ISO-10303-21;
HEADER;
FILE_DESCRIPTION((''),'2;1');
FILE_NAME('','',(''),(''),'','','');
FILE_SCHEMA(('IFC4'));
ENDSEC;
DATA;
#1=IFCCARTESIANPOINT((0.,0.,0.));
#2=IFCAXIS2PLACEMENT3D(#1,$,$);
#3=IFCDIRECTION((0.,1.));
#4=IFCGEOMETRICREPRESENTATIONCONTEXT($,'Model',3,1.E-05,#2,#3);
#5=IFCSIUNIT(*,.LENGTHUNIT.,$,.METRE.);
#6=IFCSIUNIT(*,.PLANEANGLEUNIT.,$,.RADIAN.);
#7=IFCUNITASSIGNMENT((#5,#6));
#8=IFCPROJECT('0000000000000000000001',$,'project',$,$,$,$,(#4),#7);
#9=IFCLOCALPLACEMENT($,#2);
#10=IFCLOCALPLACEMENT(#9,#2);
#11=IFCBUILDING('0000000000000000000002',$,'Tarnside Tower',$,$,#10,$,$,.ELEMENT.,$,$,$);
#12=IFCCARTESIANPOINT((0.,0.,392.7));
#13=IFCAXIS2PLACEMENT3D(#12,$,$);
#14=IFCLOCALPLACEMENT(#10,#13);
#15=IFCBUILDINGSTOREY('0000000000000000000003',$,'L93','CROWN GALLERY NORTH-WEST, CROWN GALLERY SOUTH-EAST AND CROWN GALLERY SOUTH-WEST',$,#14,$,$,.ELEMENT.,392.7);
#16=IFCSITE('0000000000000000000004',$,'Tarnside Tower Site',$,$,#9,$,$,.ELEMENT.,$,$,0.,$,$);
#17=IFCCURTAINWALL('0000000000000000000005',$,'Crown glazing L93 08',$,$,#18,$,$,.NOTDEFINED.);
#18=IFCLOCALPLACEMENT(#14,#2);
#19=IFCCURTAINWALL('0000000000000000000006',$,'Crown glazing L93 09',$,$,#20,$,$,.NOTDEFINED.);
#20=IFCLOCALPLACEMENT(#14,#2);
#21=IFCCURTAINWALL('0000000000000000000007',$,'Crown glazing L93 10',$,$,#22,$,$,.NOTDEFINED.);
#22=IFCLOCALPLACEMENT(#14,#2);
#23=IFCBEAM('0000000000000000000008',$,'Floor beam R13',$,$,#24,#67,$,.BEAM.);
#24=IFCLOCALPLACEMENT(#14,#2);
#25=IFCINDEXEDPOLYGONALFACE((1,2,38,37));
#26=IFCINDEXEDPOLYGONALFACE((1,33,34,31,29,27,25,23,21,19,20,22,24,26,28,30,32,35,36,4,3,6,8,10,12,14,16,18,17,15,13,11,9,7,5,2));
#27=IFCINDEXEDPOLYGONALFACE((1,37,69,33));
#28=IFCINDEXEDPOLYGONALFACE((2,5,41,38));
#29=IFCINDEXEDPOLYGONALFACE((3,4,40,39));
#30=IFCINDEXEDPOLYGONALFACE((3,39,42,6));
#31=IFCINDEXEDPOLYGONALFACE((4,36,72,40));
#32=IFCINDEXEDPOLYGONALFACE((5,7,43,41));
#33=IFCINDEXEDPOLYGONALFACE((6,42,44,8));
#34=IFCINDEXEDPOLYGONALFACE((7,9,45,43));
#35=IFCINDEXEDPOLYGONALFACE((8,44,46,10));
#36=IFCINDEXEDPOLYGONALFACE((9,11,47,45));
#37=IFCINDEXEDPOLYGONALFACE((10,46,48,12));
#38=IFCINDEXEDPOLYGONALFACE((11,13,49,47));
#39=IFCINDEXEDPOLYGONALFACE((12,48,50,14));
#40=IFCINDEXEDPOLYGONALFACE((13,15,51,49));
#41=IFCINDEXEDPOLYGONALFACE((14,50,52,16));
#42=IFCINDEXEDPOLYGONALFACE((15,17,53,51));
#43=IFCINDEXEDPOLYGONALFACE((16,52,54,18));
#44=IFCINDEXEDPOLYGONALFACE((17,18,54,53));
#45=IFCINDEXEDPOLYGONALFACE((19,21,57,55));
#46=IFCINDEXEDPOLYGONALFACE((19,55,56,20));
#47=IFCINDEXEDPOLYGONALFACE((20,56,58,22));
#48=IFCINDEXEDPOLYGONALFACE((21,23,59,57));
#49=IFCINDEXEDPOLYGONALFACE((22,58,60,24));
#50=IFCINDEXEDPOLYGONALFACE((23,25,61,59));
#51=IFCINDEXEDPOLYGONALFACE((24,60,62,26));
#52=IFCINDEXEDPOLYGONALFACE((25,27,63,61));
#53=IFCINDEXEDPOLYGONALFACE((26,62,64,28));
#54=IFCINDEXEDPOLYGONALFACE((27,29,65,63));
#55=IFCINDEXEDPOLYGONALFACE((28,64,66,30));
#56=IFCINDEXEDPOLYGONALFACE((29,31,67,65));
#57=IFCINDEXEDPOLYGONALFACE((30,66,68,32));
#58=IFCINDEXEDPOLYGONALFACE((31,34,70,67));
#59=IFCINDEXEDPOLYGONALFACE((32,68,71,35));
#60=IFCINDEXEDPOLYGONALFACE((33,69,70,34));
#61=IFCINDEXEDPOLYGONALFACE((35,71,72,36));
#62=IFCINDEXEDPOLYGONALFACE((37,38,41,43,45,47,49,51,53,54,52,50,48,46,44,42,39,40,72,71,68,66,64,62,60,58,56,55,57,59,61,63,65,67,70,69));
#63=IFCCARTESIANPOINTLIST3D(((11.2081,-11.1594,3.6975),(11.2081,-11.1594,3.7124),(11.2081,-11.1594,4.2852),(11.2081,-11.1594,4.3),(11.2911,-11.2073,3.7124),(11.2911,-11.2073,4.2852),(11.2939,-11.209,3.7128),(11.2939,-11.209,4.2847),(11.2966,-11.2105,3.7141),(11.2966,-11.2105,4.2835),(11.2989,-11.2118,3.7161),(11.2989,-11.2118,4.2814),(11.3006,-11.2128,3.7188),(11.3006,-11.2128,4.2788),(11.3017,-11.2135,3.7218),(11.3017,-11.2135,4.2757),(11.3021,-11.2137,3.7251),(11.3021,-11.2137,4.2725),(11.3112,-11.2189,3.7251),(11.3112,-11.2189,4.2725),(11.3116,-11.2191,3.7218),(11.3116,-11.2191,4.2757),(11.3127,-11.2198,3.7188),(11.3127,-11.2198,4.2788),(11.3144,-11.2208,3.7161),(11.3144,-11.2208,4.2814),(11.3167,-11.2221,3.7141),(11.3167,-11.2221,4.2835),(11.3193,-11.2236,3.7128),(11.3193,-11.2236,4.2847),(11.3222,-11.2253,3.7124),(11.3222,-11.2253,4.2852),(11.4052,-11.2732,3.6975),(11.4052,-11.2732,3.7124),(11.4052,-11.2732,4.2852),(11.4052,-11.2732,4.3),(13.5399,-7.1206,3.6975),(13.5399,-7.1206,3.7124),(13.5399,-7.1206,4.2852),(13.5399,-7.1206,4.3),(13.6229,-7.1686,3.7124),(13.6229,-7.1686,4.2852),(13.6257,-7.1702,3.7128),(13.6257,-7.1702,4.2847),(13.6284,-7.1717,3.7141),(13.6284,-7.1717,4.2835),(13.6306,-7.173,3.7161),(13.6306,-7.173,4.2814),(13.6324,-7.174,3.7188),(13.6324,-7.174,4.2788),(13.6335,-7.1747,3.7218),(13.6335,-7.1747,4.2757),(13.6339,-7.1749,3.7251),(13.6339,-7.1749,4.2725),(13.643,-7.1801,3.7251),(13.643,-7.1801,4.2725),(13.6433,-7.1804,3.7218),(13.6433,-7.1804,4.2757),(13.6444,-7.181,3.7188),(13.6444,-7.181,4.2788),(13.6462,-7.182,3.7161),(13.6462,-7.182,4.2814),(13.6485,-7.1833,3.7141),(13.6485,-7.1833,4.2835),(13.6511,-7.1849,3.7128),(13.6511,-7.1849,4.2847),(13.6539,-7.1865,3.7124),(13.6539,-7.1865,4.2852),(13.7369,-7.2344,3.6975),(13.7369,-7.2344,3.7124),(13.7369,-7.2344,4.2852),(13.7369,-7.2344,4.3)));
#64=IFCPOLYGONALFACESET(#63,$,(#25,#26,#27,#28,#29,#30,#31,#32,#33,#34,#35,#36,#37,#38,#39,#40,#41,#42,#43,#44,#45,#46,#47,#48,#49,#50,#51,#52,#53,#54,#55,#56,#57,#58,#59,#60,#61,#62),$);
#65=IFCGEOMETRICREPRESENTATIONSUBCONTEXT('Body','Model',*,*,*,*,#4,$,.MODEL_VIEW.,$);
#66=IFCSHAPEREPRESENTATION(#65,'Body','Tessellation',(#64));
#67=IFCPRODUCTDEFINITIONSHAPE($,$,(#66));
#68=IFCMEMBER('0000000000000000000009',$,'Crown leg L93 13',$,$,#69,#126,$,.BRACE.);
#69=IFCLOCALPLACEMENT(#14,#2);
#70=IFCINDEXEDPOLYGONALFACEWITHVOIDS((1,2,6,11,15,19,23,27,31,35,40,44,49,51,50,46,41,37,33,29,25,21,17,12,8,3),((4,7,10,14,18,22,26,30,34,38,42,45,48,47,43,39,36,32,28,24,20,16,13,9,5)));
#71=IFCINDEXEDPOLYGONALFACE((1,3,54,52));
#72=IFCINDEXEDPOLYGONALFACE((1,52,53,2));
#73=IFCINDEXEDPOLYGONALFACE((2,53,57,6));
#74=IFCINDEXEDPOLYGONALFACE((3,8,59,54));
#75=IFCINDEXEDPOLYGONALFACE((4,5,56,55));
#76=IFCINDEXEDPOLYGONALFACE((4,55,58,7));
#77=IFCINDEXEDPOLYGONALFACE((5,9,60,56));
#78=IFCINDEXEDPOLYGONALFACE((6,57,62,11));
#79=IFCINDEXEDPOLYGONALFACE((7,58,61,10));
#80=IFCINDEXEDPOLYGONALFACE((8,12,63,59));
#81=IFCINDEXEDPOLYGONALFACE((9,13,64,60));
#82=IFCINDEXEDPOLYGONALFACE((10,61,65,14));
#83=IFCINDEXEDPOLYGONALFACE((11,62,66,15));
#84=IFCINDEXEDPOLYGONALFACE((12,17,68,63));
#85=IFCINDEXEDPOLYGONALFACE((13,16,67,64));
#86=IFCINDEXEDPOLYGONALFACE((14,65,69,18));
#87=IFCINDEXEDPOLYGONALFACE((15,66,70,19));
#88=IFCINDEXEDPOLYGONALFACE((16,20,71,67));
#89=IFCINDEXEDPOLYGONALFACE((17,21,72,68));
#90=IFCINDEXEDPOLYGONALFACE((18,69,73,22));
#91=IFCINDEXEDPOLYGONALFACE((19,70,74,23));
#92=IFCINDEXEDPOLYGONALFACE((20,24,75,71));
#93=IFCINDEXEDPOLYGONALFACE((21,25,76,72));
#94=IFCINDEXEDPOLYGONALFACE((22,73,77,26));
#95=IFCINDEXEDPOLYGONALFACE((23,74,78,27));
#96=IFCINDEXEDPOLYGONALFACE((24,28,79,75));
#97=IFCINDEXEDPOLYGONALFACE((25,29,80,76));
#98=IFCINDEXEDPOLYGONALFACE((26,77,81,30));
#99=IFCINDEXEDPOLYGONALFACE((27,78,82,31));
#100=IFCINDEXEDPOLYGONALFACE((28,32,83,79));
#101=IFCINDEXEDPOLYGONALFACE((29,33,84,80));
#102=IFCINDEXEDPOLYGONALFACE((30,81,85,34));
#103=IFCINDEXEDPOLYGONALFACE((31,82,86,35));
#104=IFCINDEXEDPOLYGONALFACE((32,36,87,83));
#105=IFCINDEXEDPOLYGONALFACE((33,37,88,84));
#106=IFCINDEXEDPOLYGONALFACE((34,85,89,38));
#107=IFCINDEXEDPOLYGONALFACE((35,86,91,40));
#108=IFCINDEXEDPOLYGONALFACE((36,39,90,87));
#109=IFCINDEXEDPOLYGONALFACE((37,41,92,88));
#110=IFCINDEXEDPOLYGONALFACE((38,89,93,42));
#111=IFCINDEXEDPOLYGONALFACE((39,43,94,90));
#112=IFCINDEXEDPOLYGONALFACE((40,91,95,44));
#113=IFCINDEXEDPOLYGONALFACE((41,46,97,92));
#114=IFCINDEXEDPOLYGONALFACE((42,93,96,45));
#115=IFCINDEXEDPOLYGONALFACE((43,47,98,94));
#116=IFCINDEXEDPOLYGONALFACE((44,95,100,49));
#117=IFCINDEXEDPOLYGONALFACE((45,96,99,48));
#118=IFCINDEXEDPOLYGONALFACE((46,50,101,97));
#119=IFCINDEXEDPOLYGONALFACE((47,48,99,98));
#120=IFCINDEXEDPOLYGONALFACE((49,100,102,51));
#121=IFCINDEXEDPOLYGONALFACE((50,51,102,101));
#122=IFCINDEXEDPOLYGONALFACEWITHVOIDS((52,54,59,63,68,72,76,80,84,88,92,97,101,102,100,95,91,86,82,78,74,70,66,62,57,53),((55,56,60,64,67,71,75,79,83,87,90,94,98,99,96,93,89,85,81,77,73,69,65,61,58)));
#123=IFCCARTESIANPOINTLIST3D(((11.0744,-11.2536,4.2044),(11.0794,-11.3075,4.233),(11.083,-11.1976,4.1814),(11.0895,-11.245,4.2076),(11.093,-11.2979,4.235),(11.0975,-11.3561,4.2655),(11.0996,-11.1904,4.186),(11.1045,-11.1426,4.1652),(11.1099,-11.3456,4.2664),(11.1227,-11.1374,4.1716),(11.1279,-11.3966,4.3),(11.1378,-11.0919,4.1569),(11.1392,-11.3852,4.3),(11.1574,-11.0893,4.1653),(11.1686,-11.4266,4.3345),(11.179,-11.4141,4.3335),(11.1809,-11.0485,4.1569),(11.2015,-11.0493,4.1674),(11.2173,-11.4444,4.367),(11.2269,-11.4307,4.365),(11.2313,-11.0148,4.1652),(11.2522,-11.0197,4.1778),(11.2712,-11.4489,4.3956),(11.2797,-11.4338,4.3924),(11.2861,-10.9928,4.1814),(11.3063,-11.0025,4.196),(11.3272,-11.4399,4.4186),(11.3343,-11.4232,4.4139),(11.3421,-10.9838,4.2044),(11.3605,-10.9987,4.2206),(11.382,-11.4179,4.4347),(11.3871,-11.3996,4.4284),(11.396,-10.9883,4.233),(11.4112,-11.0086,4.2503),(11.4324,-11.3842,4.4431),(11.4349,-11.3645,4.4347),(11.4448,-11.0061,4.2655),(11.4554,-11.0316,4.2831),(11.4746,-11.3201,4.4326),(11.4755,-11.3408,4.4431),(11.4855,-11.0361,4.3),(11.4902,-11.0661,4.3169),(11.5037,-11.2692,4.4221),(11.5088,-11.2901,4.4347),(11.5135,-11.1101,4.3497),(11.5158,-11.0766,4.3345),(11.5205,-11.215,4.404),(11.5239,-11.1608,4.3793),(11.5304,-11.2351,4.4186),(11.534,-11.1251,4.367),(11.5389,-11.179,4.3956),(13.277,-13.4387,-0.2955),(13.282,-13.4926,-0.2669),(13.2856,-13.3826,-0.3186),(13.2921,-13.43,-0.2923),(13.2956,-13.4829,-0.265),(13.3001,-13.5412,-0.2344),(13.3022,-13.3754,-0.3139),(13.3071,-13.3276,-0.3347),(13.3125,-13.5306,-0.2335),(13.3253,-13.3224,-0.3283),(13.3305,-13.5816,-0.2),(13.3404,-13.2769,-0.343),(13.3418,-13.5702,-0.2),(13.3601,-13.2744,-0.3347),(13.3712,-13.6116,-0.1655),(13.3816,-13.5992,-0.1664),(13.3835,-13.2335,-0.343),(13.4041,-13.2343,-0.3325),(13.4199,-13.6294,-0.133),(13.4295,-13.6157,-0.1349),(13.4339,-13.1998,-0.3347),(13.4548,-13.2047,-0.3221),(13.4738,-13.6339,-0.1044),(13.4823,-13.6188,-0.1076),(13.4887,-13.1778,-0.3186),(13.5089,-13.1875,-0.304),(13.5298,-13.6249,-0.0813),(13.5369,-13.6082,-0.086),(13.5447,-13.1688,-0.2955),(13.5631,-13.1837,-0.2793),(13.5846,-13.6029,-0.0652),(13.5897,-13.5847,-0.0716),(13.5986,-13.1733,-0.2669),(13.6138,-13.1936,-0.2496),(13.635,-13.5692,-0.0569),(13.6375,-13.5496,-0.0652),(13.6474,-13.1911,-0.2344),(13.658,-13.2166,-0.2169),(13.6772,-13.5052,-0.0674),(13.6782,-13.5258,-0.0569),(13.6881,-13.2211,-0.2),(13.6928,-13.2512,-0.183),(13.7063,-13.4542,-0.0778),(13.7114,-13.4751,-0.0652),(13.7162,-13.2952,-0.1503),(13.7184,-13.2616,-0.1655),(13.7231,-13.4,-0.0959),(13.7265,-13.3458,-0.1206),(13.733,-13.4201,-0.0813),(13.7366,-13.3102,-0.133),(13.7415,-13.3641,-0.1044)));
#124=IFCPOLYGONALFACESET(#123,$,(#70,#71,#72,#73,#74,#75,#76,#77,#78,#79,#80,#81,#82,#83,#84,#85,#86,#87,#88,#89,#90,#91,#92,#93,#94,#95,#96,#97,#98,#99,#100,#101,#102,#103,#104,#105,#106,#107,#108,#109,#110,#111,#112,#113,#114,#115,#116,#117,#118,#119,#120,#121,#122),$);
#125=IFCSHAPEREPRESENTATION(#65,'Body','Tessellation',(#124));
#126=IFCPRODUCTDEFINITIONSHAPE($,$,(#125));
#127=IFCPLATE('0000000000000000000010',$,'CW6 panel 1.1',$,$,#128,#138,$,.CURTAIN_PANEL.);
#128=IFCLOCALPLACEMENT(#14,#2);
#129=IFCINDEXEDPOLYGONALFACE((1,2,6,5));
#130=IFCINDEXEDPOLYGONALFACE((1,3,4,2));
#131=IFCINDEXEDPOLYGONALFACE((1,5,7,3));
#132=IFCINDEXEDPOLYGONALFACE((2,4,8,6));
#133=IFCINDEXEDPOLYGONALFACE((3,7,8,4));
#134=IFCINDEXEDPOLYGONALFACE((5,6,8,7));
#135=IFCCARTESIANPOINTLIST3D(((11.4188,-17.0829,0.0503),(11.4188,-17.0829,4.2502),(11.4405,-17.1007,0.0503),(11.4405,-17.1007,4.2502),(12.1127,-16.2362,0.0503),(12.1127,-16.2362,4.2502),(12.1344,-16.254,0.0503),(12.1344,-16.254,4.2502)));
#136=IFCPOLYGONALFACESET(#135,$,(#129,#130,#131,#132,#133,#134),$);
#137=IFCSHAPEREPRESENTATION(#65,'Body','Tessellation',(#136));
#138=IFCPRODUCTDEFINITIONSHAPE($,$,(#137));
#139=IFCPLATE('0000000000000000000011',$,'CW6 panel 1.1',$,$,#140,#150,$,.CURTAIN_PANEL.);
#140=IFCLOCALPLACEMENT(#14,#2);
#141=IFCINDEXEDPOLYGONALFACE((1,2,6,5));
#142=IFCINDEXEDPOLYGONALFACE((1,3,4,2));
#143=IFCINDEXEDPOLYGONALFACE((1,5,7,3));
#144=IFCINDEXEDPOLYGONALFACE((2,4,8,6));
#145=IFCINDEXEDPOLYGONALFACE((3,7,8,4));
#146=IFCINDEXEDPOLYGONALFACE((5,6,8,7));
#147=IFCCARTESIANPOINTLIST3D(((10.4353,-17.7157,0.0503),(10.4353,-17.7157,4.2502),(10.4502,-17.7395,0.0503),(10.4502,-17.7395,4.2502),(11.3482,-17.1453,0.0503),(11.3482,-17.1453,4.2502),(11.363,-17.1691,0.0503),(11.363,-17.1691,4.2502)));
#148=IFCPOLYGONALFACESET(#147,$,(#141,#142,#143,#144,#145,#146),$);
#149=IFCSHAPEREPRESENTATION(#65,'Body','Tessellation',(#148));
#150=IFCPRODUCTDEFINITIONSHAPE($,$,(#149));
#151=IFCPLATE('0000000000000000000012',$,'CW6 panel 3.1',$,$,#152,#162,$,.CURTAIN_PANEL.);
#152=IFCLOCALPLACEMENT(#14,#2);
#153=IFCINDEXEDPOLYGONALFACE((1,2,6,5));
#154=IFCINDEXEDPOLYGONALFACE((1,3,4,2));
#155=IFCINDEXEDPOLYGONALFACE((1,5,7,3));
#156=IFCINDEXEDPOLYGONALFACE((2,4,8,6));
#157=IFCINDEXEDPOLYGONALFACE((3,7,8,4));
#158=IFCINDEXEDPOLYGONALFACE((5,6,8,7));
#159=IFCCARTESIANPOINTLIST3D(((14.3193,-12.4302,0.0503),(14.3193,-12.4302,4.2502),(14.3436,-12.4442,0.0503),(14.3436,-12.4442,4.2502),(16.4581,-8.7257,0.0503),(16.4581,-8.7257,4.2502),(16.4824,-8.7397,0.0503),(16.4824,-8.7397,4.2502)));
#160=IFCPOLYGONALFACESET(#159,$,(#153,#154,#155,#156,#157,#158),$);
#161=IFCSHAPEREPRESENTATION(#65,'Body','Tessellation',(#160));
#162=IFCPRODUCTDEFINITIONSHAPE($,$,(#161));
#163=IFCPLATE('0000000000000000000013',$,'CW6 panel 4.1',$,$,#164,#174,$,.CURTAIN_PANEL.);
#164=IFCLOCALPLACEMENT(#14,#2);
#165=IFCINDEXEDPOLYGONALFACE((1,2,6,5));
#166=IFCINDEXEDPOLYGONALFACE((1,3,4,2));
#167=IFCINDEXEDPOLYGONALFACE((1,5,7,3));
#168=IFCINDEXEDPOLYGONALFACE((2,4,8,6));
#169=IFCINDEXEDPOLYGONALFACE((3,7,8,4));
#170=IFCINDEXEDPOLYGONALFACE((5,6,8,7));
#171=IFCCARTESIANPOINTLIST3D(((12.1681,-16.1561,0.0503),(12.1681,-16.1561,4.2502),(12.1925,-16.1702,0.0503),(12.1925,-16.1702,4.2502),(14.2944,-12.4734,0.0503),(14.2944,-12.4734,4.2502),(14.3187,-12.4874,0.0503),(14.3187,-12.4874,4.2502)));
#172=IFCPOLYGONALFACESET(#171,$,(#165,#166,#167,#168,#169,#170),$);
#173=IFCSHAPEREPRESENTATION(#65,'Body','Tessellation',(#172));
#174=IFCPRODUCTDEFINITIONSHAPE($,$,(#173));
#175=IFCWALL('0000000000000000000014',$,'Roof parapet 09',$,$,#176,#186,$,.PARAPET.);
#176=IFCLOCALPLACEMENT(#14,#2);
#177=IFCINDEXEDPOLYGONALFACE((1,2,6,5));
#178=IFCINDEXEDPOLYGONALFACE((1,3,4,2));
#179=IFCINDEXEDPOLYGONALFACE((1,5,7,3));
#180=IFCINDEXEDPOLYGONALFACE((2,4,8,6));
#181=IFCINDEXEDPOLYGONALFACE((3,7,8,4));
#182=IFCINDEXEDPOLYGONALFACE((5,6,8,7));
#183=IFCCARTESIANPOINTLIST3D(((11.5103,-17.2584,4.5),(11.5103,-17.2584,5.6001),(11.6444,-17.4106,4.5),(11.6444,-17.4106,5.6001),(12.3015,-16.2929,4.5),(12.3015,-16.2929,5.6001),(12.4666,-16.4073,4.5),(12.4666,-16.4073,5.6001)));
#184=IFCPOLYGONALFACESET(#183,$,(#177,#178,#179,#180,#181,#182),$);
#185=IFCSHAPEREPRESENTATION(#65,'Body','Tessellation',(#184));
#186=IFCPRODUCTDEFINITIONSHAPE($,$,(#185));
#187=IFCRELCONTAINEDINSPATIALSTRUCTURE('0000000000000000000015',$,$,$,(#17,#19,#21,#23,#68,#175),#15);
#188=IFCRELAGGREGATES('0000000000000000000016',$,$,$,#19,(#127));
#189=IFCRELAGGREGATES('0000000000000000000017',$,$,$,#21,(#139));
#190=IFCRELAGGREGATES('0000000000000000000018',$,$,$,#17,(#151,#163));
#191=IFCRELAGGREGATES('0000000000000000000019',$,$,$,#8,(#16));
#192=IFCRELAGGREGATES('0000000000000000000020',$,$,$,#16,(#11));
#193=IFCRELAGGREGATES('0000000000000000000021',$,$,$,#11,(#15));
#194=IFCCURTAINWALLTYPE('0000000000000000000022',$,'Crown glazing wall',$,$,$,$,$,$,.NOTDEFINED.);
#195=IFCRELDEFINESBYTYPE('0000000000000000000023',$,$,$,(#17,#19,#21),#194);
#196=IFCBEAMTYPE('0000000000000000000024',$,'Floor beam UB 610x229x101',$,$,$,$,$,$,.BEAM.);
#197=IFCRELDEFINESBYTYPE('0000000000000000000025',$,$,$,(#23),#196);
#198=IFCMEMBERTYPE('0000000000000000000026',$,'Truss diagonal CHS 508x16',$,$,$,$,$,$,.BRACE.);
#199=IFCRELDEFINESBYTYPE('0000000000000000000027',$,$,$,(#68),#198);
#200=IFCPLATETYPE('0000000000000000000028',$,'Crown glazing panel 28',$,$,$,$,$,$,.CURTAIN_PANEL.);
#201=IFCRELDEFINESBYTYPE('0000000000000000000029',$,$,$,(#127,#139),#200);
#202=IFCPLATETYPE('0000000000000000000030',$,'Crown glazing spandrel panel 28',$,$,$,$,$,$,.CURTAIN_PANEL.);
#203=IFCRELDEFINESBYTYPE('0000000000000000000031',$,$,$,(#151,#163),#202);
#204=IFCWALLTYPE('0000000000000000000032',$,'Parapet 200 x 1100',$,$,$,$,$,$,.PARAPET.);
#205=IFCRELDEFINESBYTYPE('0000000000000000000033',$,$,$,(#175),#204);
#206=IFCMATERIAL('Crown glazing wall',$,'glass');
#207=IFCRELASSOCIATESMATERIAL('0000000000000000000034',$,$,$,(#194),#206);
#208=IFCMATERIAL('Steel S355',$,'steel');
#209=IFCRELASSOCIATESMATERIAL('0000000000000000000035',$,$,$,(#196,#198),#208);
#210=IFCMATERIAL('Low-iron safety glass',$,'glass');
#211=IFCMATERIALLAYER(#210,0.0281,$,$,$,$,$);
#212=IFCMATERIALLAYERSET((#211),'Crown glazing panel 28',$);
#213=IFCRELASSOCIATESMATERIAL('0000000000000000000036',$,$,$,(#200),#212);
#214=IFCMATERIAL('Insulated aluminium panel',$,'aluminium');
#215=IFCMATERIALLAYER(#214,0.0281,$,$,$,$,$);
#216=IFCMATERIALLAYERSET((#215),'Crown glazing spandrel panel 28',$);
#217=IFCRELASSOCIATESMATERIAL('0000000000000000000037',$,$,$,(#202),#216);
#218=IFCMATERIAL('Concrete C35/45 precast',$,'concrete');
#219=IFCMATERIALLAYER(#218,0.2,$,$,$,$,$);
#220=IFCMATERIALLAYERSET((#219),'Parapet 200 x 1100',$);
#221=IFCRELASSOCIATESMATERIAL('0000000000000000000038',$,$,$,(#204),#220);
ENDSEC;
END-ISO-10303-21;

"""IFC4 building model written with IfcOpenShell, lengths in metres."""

from ifc_helpers import new_model, si_unit, direction, frame, origin, origin_2d, place, context, subcontext, project, spatial, polyline, rectangle, hollow_circle, i_section, outline, extrude, material, layer, layer_set, material_profile, profile_set, type_object, element, aggregate, save


model = new_model("IFC4")

# Units and contexts
model_context = context("Model", 3, precision=1e-05, world=origin(), true_north=direction((0.0, 1.0)))
body_context = subcontext(model_context, "Body", "Model", "MODEL_VIEW")
ifc_project = project(units=[si_unit("LENGTHUNIT", "METRE"), si_unit("PLANEANGLEUNIT", "RADIAN")], contexts=[model_context])

# Site, building, storey
site_placement = place(None, origin())
site = spatial("IfcSite", under=ifc_project, at=site_placement, Name="Tarnside Tower Site", CompositionType="ELEMENT", RefElevation=0.0)
building_placement = place(site_placement, origin())
building = spatial("IfcBuilding", under=site, at=building_placement, Name="Tarnside Tower", CompositionType="ELEMENT")
storey_placement = place(building_placement, frame((0.0, 0.0, 392.7)))
storey = spatial("IfcBuildingStorey", under=building, at=storey_placement, Name="L93", Description="CROWN GALLERY NORTH-WEST, CROWN GALLERY SOUTH-EAST AND CROWN GALLERY SOUTH-WEST", CompositionType="ELEMENT", Elevation=392.7)

# Curtain walls
ifc_material_1 = material(Name="Crown glazing wall", Category="glass")
curtain_wall_type = type_object("IfcCurtainWallType", Name="Crown glazing wall", PredefinedType="NOTDEFINED", material=ifc_material_1)
curtain_wall_1_placement = place(storey_placement, origin())
curtain_wall_1 = element("IfcCurtainWall", 1, at=curtain_wall_1_placement, inside=storey, type_object=curtain_wall_type, Name="Crown glazing L93 08", PredefinedType="NOTDEFINED")
curtain_wall_2_placement = place(storey_placement, origin())
curtain_wall_2 = element("IfcCurtainWall", 2, at=curtain_wall_2_placement, inside=storey, type_object=curtain_wall_type, Name="Crown glazing L93 09", PredefinedType="NOTDEFINED")

# Curtain wall
curtain_wall_3_placement = place(storey_placement, origin())
curtain_wall_3 = element("IfcCurtainWall", 3, at=curtain_wall_3_placement, inside=storey, type_object=curtain_wall_type, Name="Crown glazing L93 10", PredefinedType="NOTDEFINED")

# Beam
ifc_material_2 = material(Name="Steel S355", Category="steel")
ifc_material_profile_1 = material_profile(ifc_material_2, i_section(OverallWidth=0.2275, OverallDepth=0.6025, WebThickness=0.0105, FlangeThickness=0.0149, FilletRadius=0.0127, at=origin_2d()), Name="UB 610x229x101")
ifc_profile_set_1 = profile_set([ifc_material_profile_1], Name="Steel S355")
beam_type_1 = type_object("IfcBeamType", Name="Floor beam UB 610x229x101", PredefinedType="BEAM", material=ifc_profile_set_1)
beam_1_placement = place(storey_placement, frame((11.3066, -11.2163, 3.9988), z_axis=(0.499996, 0.866028, 0.0), x_axis=(-0.866028, 0.499996, 0.0)))
element("IfcBeam", 4, at=beam_1_placement, inside=storey, type_object=beam_type_1, Name="Floor beam R13", PredefinedType="BEAM", context=body_context, shape_type="SweptSolid", body=[
    extrude(i_section(OverallWidth=0.2275, OverallDepth=0.6025, WebThickness=0.0105, FlangeThickness=0.0149, FilletRadius=0.0127, at=origin_2d()), origin(), (0.0, 0.0, 1.0), 4.6636),
])

# Member
ifc_material_profile_2 = material_profile(ifc_material_2, hollow_circle(Radius=0.2539, WallThickness=0.0161, at=origin_2d()), Name="CHS 508x16")
ifc_profile_set_2 = profile_set([ifc_material_profile_2], Name="Steel S355")
member_type_1 = type_object("IfcMemberType", Name="Truss diagonal CHS 508x16", PredefinedType="BRACE", material=ifc_profile_set_2)
member_1_placement = place(storey_placement, frame((13.5093, -13.4014, -0.2), z_axis=(-0.402978, 0.399762, 0.823286), x_axis=(-0.704268, -0.709934, 0.0)))
element("IfcMember", 5, at=member_1_placement, inside=storey, type_object=member_type_1, Name="Crown leg L93 13", PredefinedType="BRACE", context=body_context, shape_type="SweptSolid", body=[
    extrude(hollow_circle(Radius=0.2539, WallThickness=0.0161, at=origin_2d()), origin(), (0.0, 0.0, 1.0), 5.4658),
])

# Plates
ifc_material_3 = material(Name="Low-iron safety glass", Category="glass")
ifc_layer_1 = layer(ifc_material_3, 0.0281)
ifc_layer_set_1 = layer_set([ifc_layer_1], Name="Crown glazing panel 28")
plate_type_1 = type_object("IfcPlateType", Name="Crown glazing panel 28", PredefinedType="CURTAIN_PANEL", material=ifc_layer_set_1)
plate_1_placement = place(storey_placement, frame((11.7766, -16.6685, 0.0503), z_axis=(0.0, 0.0, 1.0), x_axis=(-0.633831, -0.773472, 0.0)))
plate_1 = element("IfcPlate", 6, at=plate_1_placement, type_object=plate_type_1, Name="CW6 panel 1.1", PredefinedType="CURTAIN_PANEL", context=body_context, shape_type="SweptSolid", body=[
    extrude(rectangle(XDim=1.0947, YDim=0.0281, at=origin_2d()), origin(), (0.0, 0.0, 1.0), 4.2),
])
aggregate(curtain_wall_2, [plate_1])
plate_2_placement = place(storey_placement, frame((10.8992, -17.4424, 0.0503), z_axis=(0.0, 0.0, 1.0), x_axis=(-0.848048, -0.529919, 0.0)))
plate_2 = element("IfcPlate", 7, at=plate_2_placement, type_object=plate_type_1, Name="CW6 panel 1.1", PredefinedType="CURTAIN_PANEL", context=body_context, shape_type="SweptSolid", body=[
    extrude(rectangle(XDim=1.0764, YDim=0.0281, at=origin_2d()), origin(), (0.0, 0.0, 1.0), 4.2),
])
aggregate(curtain_wall_3, [plate_2])
ifc_material_4 = material(Name="Insulated aluminium panel", Category="aluminium")
ifc_layer_2 = layer(ifc_material_4, 0.0281)
ifc_layer_set_2 = layer_set([ifc_layer_2], Name="Crown glazing spandrel panel 28")
plate_type_2 = type_object("IfcPlateType", Name="Crown glazing spandrel panel 28", PredefinedType="CURTAIN_PANEL", material=ifc_layer_set_2)
plate_3_placement = place(storey_placement, frame((15.4009, -10.585, 0.0503), z_axis=(0.0, 0.0, 1.0), x_axis=(-0.5, -0.866025, 0.0)))
plate_3 = element("IfcPlate", 8, at=plate_3_placement, type_object=plate_type_2, Name="CW6 panel 3.1", PredefinedType="CURTAIN_PANEL", context=body_context, shape_type="SweptSolid", body=[
    extrude(rectangle(XDim=4.2776, YDim=0.0281, at=origin_2d()), origin(), (0.0, 0.0, 1.0), 4.2),
])
plate_4_placement = place(storey_placement, frame((13.2434, -14.3218, 0.0503), z_axis=(0.0, 0.0, 1.0), x_axis=(-0.5, -0.866025, 0.0)))
plate_4 = element("IfcPlate", 9, at=plate_4_placement, type_object=plate_type_2, Name="CW6 panel 4.1", PredefinedType="CURTAIN_PANEL", context=body_context, shape_type="SweptSolid", body=[
    extrude(rectangle(XDim=4.2524, YDim=0.0281, at=origin_2d()), origin(), (0.0, 0.0, 1.0), 4.2),
])
aggregate(curtain_wall_1, [plate_3, plate_4])

# Wall
ifc_material_5 = material(Name="Concrete C35/45 precast", Category="concrete")
ifc_layer_3 = layer(ifc_material_5, 0.2)
ifc_layer_set_3 = layer_set([ifc_layer_3], Name="Parapet 200 x 1100")
wall_type = type_object("IfcWallType", Name="Parapet 200 x 1100", PredefinedType="PARAPET", material=ifc_layer_set_3)
wall_1_placement = place(storey_placement, frame((12.384, -16.3501, 4.5), z_axis=(0.0, 0.0, 1.0), x_axis=(-0.633823, -0.773478, 0.0)))
element("IfcWall", 10, at=wall_1_placement, inside=storey, type_object=wall_type, Name="Roof parapet 09", PredefinedType="PARAPET", context=body_context, shape_type="SweptSolid", body=[
    extrude(outline(polyline([(0.0081, -0.1001), (1.2563, -0.1001), (1.2891, 0.1001), (-0.0081, 0.1001), (0.0081, -0.1001)])), origin(), (0.0, 0.0, 1.0), 1.1001),
])

save(model, "model.ifc")
